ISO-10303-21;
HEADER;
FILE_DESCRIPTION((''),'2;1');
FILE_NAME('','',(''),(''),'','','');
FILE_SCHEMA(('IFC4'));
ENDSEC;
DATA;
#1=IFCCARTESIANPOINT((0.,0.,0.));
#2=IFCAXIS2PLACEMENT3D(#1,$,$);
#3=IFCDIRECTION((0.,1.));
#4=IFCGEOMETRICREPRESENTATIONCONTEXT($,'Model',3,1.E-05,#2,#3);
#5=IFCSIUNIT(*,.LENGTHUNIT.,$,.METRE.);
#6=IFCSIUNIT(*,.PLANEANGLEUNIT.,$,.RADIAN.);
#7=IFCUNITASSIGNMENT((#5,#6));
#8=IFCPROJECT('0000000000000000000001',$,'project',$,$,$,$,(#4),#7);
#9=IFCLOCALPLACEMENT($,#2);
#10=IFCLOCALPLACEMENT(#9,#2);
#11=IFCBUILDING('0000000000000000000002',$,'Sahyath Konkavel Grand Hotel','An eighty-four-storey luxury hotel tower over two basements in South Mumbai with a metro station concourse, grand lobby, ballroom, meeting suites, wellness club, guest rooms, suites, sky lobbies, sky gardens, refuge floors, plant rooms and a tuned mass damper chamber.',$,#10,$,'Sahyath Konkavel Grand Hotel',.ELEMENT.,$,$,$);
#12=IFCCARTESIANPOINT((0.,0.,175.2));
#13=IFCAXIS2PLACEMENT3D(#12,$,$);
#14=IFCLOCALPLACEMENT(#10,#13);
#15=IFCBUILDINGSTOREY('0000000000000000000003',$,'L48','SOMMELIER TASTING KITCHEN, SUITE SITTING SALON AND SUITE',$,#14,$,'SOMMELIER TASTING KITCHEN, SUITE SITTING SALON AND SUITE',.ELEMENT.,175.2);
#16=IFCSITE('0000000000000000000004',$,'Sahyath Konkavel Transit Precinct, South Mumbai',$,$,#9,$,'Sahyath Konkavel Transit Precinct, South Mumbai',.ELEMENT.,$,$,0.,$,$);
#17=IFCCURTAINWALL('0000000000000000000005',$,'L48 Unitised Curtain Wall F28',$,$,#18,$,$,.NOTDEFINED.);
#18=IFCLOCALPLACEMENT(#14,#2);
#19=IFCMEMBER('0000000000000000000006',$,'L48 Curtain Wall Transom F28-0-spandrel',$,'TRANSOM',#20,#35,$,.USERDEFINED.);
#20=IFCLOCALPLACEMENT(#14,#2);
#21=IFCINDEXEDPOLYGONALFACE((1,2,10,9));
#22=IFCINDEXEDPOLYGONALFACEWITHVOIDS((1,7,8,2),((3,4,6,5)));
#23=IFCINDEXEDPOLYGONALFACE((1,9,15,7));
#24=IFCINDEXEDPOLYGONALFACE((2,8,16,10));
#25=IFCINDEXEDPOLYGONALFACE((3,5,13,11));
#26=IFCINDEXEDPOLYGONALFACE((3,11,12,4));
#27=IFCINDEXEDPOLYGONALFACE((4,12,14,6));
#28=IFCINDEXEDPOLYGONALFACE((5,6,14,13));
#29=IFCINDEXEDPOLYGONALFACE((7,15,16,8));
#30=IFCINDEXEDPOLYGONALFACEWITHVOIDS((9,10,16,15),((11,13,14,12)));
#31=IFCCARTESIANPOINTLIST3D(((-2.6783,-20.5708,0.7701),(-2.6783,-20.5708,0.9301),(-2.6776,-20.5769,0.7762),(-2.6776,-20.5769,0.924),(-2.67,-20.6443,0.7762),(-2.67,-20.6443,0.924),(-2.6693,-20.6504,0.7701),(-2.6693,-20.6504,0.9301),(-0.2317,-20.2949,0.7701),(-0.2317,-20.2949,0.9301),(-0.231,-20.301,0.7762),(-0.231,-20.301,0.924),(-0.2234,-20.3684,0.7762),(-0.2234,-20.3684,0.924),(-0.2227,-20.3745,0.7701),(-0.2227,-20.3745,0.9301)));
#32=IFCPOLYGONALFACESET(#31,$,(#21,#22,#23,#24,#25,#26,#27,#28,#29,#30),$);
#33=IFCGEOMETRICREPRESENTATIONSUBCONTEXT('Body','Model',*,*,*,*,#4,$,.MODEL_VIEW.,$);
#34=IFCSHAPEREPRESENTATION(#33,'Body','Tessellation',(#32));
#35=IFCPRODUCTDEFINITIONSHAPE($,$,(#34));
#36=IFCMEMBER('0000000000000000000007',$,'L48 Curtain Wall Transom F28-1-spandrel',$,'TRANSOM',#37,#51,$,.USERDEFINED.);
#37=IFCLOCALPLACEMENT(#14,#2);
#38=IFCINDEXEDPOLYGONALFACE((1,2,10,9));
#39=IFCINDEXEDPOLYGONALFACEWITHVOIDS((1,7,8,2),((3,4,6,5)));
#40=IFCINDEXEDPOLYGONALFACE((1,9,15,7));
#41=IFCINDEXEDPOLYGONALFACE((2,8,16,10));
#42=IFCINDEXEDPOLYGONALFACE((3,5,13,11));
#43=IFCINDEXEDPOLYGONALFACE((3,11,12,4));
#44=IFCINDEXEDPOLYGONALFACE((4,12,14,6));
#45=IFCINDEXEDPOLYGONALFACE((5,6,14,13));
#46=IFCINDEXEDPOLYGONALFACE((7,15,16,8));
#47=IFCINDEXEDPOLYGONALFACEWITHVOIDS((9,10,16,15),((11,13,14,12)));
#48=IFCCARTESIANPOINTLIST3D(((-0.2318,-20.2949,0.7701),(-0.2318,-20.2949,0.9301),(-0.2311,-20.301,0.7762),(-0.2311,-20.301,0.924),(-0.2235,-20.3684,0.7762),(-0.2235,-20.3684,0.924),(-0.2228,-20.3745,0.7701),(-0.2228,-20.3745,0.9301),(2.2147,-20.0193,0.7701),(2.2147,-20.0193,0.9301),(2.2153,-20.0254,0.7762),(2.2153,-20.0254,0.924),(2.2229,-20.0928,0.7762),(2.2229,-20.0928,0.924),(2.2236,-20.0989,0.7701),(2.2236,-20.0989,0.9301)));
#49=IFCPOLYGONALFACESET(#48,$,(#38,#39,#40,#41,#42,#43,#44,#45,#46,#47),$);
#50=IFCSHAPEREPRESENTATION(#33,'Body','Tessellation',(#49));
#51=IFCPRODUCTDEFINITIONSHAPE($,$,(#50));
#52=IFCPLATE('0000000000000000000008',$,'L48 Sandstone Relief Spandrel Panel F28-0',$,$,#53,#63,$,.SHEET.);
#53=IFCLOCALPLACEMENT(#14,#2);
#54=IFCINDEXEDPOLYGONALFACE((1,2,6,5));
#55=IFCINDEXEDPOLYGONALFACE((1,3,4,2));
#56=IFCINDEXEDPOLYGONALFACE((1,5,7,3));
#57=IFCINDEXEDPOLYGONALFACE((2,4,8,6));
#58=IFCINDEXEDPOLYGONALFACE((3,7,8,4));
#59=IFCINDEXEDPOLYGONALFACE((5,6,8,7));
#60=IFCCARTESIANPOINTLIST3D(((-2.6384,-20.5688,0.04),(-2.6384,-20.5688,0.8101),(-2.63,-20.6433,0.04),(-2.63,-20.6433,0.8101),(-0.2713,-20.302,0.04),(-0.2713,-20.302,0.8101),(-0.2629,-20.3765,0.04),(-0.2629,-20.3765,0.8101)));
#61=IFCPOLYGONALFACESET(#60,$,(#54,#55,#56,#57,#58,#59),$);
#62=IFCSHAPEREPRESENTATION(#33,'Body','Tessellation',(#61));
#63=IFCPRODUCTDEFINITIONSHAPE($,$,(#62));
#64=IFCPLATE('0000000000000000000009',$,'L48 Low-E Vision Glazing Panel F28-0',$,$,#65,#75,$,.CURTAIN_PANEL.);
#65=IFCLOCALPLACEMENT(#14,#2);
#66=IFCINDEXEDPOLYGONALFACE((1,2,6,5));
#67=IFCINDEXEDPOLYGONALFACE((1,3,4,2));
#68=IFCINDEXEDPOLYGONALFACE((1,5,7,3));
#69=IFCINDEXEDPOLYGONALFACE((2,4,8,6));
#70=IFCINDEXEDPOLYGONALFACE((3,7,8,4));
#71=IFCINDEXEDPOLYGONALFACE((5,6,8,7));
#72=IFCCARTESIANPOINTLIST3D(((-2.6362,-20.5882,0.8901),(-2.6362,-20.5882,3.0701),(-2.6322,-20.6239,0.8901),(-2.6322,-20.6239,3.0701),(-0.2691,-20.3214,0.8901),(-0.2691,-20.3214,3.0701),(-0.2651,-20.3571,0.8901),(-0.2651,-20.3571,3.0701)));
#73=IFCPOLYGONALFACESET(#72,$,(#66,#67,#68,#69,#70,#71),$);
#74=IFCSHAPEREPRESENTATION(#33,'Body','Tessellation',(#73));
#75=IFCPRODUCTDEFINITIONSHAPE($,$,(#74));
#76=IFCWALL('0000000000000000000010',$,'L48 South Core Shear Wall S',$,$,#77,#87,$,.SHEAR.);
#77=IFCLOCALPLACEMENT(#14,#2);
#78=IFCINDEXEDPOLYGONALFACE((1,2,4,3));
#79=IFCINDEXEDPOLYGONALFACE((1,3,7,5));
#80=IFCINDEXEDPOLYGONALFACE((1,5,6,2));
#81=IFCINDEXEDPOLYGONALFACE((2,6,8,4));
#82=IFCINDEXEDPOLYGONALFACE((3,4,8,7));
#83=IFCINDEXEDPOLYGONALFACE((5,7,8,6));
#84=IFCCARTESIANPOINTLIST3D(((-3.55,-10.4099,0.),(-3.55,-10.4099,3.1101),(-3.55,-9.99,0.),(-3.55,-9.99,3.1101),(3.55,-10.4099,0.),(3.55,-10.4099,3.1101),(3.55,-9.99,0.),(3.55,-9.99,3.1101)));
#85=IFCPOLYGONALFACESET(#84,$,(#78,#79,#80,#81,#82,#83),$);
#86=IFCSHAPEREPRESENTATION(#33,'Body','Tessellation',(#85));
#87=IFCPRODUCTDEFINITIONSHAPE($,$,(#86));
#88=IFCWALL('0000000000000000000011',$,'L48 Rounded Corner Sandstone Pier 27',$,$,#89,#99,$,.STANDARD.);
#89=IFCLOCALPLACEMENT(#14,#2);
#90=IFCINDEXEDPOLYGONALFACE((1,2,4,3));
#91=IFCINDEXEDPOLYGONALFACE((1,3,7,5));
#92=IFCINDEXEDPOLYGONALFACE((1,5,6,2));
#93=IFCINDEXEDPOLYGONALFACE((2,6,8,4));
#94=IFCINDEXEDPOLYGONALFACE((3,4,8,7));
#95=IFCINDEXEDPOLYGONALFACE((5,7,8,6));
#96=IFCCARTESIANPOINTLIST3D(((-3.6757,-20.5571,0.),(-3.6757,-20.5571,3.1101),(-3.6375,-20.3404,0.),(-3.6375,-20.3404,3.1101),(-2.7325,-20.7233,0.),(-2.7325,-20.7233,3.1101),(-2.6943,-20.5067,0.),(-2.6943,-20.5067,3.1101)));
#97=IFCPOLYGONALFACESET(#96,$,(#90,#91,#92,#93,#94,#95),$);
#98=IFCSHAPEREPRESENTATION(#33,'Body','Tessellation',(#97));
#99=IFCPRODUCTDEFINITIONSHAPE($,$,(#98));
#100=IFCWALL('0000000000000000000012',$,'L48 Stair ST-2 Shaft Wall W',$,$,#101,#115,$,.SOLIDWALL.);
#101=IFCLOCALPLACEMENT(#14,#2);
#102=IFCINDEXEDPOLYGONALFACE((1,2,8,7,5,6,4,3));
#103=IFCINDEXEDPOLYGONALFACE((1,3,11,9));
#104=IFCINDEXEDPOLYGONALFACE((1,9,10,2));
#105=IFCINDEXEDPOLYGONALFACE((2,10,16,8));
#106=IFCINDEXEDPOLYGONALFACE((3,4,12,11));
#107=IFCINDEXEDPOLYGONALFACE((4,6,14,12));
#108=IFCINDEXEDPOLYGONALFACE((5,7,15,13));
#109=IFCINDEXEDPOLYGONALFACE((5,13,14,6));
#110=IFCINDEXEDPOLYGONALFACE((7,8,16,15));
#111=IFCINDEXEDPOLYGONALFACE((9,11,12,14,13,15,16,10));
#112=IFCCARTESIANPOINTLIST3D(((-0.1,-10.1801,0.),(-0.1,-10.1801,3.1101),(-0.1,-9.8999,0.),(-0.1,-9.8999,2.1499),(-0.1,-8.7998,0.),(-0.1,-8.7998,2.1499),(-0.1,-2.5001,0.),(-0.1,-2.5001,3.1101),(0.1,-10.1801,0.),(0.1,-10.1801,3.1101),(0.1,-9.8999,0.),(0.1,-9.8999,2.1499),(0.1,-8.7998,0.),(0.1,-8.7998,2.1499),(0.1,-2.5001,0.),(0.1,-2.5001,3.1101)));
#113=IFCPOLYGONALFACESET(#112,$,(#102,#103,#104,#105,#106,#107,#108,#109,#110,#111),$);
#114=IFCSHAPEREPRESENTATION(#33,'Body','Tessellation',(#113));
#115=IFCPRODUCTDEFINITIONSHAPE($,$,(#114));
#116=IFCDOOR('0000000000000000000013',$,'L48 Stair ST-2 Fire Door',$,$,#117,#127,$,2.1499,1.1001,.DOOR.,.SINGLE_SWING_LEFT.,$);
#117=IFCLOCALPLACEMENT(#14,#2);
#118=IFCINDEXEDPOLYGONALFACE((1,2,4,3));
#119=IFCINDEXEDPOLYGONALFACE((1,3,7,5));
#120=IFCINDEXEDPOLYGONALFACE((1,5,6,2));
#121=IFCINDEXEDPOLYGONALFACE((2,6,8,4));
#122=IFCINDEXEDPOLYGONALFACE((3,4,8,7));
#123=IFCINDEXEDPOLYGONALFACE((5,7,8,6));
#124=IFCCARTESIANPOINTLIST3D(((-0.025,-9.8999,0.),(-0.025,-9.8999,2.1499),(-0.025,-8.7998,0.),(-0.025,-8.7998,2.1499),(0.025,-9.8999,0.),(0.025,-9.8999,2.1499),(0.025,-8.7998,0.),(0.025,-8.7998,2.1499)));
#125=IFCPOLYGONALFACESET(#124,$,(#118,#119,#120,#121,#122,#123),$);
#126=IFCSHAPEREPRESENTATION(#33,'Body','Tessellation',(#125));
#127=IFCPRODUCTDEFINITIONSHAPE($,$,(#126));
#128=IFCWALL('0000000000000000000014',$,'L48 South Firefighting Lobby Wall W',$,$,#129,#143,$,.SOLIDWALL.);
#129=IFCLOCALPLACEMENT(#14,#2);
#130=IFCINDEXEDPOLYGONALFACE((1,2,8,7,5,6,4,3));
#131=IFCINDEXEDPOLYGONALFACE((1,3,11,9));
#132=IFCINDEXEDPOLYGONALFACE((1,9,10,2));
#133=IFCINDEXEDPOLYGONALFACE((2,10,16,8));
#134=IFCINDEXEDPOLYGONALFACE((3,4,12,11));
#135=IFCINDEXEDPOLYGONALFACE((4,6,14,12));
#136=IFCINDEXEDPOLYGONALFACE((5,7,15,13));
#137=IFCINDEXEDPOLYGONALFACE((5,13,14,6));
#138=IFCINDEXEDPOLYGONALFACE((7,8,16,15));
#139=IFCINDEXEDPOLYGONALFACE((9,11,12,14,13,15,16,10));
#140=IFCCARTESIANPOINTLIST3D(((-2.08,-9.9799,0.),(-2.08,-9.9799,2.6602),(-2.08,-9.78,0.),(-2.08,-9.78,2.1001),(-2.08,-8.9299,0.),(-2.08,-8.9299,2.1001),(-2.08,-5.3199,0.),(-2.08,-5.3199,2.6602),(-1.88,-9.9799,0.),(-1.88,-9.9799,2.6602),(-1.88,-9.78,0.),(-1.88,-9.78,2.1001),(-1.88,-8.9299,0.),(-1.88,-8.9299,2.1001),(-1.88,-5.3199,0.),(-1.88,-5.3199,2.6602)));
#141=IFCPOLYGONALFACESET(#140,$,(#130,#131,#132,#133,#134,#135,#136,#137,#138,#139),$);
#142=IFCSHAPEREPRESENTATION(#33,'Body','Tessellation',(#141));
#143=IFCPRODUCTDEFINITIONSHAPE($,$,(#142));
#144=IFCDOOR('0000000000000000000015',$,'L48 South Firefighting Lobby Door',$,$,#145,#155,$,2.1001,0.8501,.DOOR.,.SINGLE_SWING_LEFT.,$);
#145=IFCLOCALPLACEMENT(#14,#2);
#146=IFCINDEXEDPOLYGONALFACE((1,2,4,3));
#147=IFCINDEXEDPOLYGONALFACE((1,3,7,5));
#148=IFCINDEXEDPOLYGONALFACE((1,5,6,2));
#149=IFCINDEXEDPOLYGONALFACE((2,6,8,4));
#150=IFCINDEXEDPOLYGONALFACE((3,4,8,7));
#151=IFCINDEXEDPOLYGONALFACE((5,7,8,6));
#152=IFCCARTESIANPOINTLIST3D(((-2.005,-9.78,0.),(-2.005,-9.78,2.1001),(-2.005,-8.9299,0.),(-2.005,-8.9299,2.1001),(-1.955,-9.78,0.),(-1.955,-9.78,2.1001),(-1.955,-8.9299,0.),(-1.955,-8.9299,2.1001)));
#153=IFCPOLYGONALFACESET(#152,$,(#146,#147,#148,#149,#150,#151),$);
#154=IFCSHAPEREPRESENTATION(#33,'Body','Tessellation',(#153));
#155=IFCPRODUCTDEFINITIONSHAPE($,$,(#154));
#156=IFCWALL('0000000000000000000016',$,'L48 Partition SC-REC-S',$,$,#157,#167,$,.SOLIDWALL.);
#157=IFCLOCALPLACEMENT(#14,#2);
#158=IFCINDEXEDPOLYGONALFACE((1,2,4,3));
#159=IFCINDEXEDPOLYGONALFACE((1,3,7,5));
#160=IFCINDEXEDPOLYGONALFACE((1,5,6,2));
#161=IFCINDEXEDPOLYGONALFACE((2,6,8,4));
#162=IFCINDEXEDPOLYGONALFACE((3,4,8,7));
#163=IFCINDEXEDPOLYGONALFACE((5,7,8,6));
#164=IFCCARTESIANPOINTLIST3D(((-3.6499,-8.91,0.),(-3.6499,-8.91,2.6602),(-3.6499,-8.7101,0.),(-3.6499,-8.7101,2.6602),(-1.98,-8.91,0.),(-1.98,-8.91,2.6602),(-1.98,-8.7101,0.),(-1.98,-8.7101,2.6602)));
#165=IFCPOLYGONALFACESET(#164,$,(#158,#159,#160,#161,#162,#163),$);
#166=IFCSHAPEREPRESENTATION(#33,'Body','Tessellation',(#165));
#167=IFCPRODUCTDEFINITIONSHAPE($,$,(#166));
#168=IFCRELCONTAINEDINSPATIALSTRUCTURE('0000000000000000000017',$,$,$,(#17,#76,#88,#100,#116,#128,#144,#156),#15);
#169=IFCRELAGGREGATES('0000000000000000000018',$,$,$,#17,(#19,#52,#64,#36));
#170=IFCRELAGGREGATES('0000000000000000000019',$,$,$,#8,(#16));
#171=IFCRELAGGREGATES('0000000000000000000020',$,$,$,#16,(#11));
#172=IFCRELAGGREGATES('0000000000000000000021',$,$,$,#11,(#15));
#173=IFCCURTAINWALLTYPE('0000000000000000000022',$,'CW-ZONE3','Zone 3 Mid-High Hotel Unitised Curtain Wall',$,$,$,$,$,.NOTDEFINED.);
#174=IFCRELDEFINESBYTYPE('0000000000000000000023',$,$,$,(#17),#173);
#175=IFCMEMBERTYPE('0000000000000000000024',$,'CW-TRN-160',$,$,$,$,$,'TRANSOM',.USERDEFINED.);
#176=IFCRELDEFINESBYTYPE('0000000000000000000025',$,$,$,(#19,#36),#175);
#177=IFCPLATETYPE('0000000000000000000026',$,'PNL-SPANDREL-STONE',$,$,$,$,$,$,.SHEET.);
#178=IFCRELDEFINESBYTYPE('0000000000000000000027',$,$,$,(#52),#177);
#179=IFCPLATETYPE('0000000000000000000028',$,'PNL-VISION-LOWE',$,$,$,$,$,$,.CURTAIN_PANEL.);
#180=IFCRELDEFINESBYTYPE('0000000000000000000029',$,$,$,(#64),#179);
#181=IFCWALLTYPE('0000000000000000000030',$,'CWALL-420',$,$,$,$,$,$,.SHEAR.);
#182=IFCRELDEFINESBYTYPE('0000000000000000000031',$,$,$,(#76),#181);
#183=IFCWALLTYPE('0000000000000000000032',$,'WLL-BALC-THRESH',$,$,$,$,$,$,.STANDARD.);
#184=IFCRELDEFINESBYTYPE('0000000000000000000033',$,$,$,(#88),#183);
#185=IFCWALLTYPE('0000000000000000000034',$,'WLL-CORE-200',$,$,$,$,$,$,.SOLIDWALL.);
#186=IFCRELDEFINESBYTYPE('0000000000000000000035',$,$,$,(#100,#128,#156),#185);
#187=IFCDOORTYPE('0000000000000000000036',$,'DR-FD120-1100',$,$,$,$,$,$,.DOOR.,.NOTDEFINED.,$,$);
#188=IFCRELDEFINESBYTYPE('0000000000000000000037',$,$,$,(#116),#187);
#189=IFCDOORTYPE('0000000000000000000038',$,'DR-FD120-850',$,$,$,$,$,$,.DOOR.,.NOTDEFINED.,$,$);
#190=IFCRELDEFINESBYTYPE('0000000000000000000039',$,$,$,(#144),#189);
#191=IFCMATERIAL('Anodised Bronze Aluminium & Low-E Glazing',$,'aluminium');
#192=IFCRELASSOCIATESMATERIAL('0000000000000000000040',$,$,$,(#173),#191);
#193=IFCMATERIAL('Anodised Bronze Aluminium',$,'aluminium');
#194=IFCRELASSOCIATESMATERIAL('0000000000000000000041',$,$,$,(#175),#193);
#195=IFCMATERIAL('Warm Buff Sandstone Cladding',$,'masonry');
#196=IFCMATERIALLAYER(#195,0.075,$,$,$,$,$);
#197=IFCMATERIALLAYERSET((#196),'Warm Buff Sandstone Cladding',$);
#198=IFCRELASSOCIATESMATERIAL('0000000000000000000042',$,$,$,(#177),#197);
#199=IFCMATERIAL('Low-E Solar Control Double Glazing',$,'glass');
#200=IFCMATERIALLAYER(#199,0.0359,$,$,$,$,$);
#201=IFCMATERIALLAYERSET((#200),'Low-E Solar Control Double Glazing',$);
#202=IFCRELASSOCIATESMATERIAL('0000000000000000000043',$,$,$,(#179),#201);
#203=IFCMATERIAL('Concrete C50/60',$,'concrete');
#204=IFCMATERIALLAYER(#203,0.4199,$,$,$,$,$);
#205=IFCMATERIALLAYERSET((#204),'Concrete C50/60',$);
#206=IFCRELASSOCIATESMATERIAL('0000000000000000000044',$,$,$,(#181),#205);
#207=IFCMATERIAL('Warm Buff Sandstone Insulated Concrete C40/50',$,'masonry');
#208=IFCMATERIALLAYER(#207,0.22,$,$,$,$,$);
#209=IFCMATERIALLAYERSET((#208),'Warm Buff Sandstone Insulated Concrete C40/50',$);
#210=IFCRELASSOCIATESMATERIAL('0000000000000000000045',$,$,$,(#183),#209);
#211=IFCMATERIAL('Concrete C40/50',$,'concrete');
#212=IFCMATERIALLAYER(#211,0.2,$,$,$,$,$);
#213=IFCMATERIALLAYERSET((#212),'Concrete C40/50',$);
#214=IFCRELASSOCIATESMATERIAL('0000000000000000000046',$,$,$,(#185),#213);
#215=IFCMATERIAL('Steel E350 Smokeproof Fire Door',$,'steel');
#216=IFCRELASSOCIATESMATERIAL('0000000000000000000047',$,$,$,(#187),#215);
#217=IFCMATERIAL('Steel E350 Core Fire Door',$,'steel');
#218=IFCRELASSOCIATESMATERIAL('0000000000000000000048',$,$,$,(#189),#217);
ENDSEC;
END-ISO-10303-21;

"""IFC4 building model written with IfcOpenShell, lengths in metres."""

from ifc_helpers import new_model, si_unit, direction, frame, frame_2d, origin, origin_2d, place, context, subcontext, project, spatial, rectangle, hollow_rectangle, extrude, source, transform, mapped, material, layer, layer_set, material_profile, profile_set, type_object, element, fill, aggregate, save


model = new_model("IFC4")

# Units and contexts
model_context = context("Model", 3, precision=1e-05, world=origin(), true_north=direction((0.0, 1.0)))
body_context = subcontext(model_context, "Body", "Model", "MODEL_VIEW")
ifc_project = project(units=[si_unit("LENGTHUNIT", "METRE"), si_unit("PLANEANGLEUNIT", "RADIAN")], contexts=[model_context])

# Site, building, storey
site_placement = place(None, origin())
site = spatial("IfcSite", under=ifc_project, at=site_placement, Name="Sahyath Konkavel Transit Precinct, South Mumbai", LongName="Sahyath Konkavel Transit Precinct, South Mumbai", CompositionType="ELEMENT", RefElevation=0.0)
building_placement = place(site_placement, origin())
building = spatial("IfcBuilding", under=site, at=building_placement, Name="Sahyath Konkavel Grand Hotel", Description="An eighty-four-storey luxury hotel tower over two basements in South Mumbai with a metro station concourse, grand lobby, ballroom, meeting suites, wellness club, guest rooms, suites, sky lobbies, sky gardens, refuge floors, plant rooms and a tuned mass damper chamber.", LongName="Sahyath Konkavel Grand Hotel", CompositionType="ELEMENT")
storey_placement = place(building_placement, frame((0.0, 0.0, 175.2)))
storey = spatial("IfcBuildingStorey", under=building, at=storey_placement, Name="L48", Description="SOMMELIER TASTING KITCHEN, SUITE SITTING SALON AND SUITE", LongName="SOMMELIER TASTING KITCHEN, SUITE SITTING SALON AND SUITE", CompositionType="ELEMENT", Elevation=175.2)

# Shared definitions
ifc_material_1 = material(Name="Concrete C50/60", Category="concrete")
ifc_material_2 = material(Name="Concrete C40/50", Category="concrete")

# Curtain wall, members, plates
ifc_material_3 = material(Name="Anodised Bronze Aluminium & Low-E Glazing", Category="aluminium")
curtain_wall_type = type_object("IfcCurtainWallType", Name="CW-ZONE3", Description="Zone 3 Mid-High Hotel Unitised Curtain Wall", PredefinedType="NOTDEFINED", material=ifc_material_3)
curtain_wall_placement = place(storey_placement, origin())
curtain_wall = element("IfcCurtainWall", 1, at=curtain_wall_placement, inside=storey, type_object=curtain_wall_type, Name="L48 Unitised Curtain Wall F28", PredefinedType="NOTDEFINED")
ifc_material_4 = material(Name="Anodised Bronze Aluminium", Category="aluminium")
ifc_material_profile_1 = material_profile(ifc_material_4, hollow_rectangle(XDim=0.0801, YDim=0.1599, WallThickness=0.0061, at=origin_2d()), Name="RHS 160x80x6")
ifc_profile_set_1 = profile_set([ifc_material_profile_1], Name="Anodised Bronze Aluminium")
member_type_1 = type_object("IfcMemberType", Name="CW-TRN-160", ElementType="TRANSOM", PredefinedType="USERDEFINED", material=ifc_profile_set_1)
shared_shape_1 = source(origin(), body_context, "Body", "SweptSolid", [
    extrude(hollow_rectangle(XDim=0.0801, YDim=0.1599, WallThickness=0.0061, at=origin_2d()), origin(), (0.0, 0.0, 1.0), 2.4622),
])
member_1_placement = place(storey_placement, frame((-2.6738, -20.6106, 0.8501), z_axis=(0.993702, 0.112053, 0.0), x_axis=(-0.112053, 0.993702, 0.0)))
member_1 = element("IfcMember", 2, at=member_1_placement, type_object=member_type_1, Name="L48 Curtain Wall Transom F28-0-spandrel", ObjectType="TRANSOM", PredefinedType="USERDEFINED", context=body_context, shape_type="MappedRepresentation", body=[
    mapped(shared_shape_1, transform((0.0, 0.0, 0.0), scale=1.0)),
])
shared_shape_2 = source(origin(), body_context, "Body", "SweptSolid", [
    extrude(hollow_rectangle(XDim=0.0801, YDim=0.1599, WallThickness=0.0061, at=origin_2d()), origin(), (0.0, 0.0, 1.0), 2.4619),
])
member_2_placement = place(storey_placement, frame((-0.2273, -20.3347, 0.8501), z_axis=(0.993713, 0.111955, 0.0), x_axis=(-0.111955, 0.993713, 0.0)))
member_2 = element("IfcMember", 3, at=member_2_placement, type_object=member_type_1, Name="L48 Curtain Wall Transom F28-1-spandrel", ObjectType="TRANSOM", PredefinedType="USERDEFINED", context=body_context, shape_type="MappedRepresentation", body=[
    mapped(shared_shape_2, transform((0.0, 0.0, 0.0), scale=1.0)),
])
ifc_material_5 = material(Name="Warm Buff Sandstone Cladding", Category="masonry")
ifc_layer_1 = layer(ifc_material_5, 0.075)
ifc_layer_set_1 = layer_set([ifc_layer_1], Name="Warm Buff Sandstone Cladding")
plate_type_1 = type_object("IfcPlateType", Name="PNL-SPANDREL-STONE", PredefinedType="SHEET", material=ifc_layer_set_1)
shared_shape_3 = source(origin(), body_context, "Body", "SweptSolid", [
    extrude(rectangle(XDim=2.3821, YDim=0.075, at=origin_2d()), origin(), (0.0, 0.0, 1.0), 0.77),
])
plate_1_placement = place(storey_placement, frame((-1.4507, -20.4727, 0.04), z_axis=(0.0, 0.0, 1.0), x_axis=(0.993707, 0.112007, 0.0)))
plate_1 = element("IfcPlate", 4, at=plate_1_placement, type_object=plate_type_1, Name="L48 Sandstone Relief Spandrel Panel F28-0", PredefinedType="SHEET", context=body_context, shape_type="MappedRepresentation", body=[
    mapped(shared_shape_3, transform((0.0, 0.0, 0.0), scale=1.0)),
])
ifc_material_6 = material(Name="Low-E Solar Control Double Glazing", Category="glass")
ifc_layer_2 = layer(ifc_material_6, 0.0359)
ifc_layer_set_2 = layer_set([ifc_layer_2], Name="Low-E Solar Control Double Glazing")
plate_type_2 = type_object("IfcPlateType", Name="PNL-VISION-LOWE", PredefinedType="CURTAIN_PANEL", material=ifc_layer_set_2)
shared_shape_4 = source(origin(), body_context, "Body", "SweptSolid", [
    extrude(rectangle(XDim=2.3821, YDim=0.0359, at=origin_2d()), origin(), (0.0, 0.0, 1.0), 2.1799),
])
plate_2_placement = place(storey_placement, frame((-1.4507, -20.4727, 0.8901), z_axis=(0.0, 0.0, 1.0), x_axis=(0.993707, 0.112007, 0.0)))
plate_2 = element("IfcPlate", 5, at=plate_2_placement, type_object=plate_type_2, Name="L48 Low-E Vision Glazing Panel F28-0", PredefinedType="CURTAIN_PANEL", context=body_context, shape_type="MappedRepresentation", body=[
    mapped(shared_shape_4, transform((0.0, 0.0, 0.0), scale=1.0)),
])
aggregate(curtain_wall, [member_1, plate_1, plate_2, member_2])

# Walls
ifc_layer_3 = layer(ifc_material_1, 0.4199)
ifc_layer_set_3 = layer_set([ifc_layer_3], Name="Concrete C50/60")
wall_type_1 = type_object("IfcWallType", Name="CWALL-420", PredefinedType="SHEAR", material=ifc_layer_set_3)
wall_1_placement = place(storey_placement, frame((-3.55, -10.2, 0.0), z_axis=(0.0, 0.0, 1.0), x_axis=(1.0, 0.0, 0.0)))
element("IfcWall", 6, at=wall_1_placement, inside=storey, type_object=wall_type_1, Name="L48 South Core Shear Wall S", PredefinedType="SHEAR", context=body_context, shape_type="SweptSolid", body=[
    extrude(rectangle(XDim=7.1001, YDim=0.4199, at=frame_2d((3.55, 0.0))), origin(), (0.0, 0.0, 1.0), 3.1101),
])
ifc_material_7 = material(Name="Warm Buff Sandstone Insulated Concrete C40/50", Category="masonry")
ifc_layer_4 = layer(ifc_material_7, 0.22)
ifc_layer_set_4 = layer_set([ifc_layer_4], Name="Warm Buff Sandstone Insulated Concrete C40/50")
wall_type_2 = type_object("IfcWallType", Name="WLL-BALC-THRESH", PredefinedType="STANDARD", material=ifc_layer_set_4)
wall_2_placement = place(storey_placement, frame((-3.6567, -20.4487, 0.0), z_axis=(0.0, 0.0, 1.0), x_axis=(0.984814, -0.173611, 0.0)))
element("IfcWall", 7, at=wall_2_placement, inside=storey, type_object=wall_type_2, Name="L48 Rounded Corner Sandstone Pier 27", PredefinedType="STANDARD", context=body_context, shape_type="SweptSolid", body=[
    extrude(rectangle(XDim=0.9578, YDim=0.22, at=frame_2d((0.479, 0.0))), origin(), (0.0, 0.0, 1.0), 3.1101),
])

# Walls, openings, doors
ifc_layer_5 = layer(ifc_material_2, 0.2)
ifc_layer_set_5 = layer_set([ifc_layer_5], Name="Concrete C40/50")
wall_type_3 = type_object("IfcWallType", Name="WLL-CORE-200", PredefinedType="SOLIDWALL", material=ifc_layer_set_5)
wall_3_placement = place(storey_placement, frame((0.0, -10.1799, 0.0), z_axis=(0.0, 0.0, 1.0), x_axis=(0.0, 1.0, 0.0)))
wall_3 = element("IfcWall", 8, at=wall_3_placement, inside=storey, type_object=wall_type_3, Name="L48 Stair ST-2 Shaft Wall W", PredefinedType="SOLIDWALL", context=body_context, shape_type="SweptSolid", body=[
    extrude(rectangle(XDim=7.6799, YDim=0.2, at=frame_2d((3.8398, 0.0))), origin(), (0.0, 0.0, 1.0), 3.1101),
])
opening_1_placement = place(wall_3_placement, frame((0.28, 0.0, 0.0)))
opening_1 = element("IfcOpeningElement", 9, at=opening_1_placement, cuts=wall_3, PredefinedType="OPENING", context=body_context, shape_type="SweptSolid", body=[
    extrude(rectangle(XDim=1.1001, YDim=2.1499, at=frame_2d((0.55, 1.075))), frame((0.0, 0.1099, 0.0), z_axis=(0.0, -1.0, 0.0), x_axis=(1.0, 0.0, 0.0)), (0.0, 0.0, 1.0), 0.22),
])
ifc_material_8 = material(Name="Steel E350 Smokeproof Fire Door", Category="steel")
door_type_1 = type_object("IfcDoorType", Name="DR-FD120-1100", OperationType="NOTDEFINED", PredefinedType="DOOR", material=ifc_material_8)
shared_shape_5 = source(origin(), body_context, "Body", "SweptSolid", [
    extrude(rectangle(XDim=1.1001, YDim=0.05, at=origin_2d()), origin(), (0.0, 0.0, 1.0), 2.1499),
])
door_1_placement = place(opening_1_placement, frame((0.55, 0.0, 0.0)))
door_1 = element("IfcDoor", 10, at=door_1_placement, inside=storey, type_object=door_type_1, Name="L48 Stair ST-2 Fire Door", OperationType="SINGLE_SWING_LEFT", OverallHeight=2.1499, OverallWidth=1.1001, PredefinedType="DOOR", context=body_context, shape_type="MappedRepresentation", body=[
    mapped(shared_shape_5, transform((0.0, 0.0, 0.0), scale=1.0)),
])
fill(opening_1, door_1)
wall_4_placement = place(storey_placement, frame((-1.98, -9.98, 0.0), z_axis=(0.0, 0.0, 1.0), x_axis=(0.0, 1.0, 0.0)))
wall_4 = element("IfcWall", 11, at=wall_4_placement, inside=storey, type_object=wall_type_3, Name="L48 South Firefighting Lobby Wall W", PredefinedType="SOLIDWALL", context=body_context, shape_type="SweptSolid", body=[
    extrude(rectangle(XDim=4.6599, YDim=0.2, at=frame_2d((2.3301, 0.0))), origin(), (0.0, 0.0, 1.0), 2.6602),
])
opening_2_placement = place(wall_4_placement, frame((0.2, 0.0, 0.0)))
opening_2 = element("IfcOpeningElement", 12, at=opening_2_placement, cuts=wall_4, PredefinedType="OPENING", context=body_context, shape_type="SweptSolid", body=[
    extrude(rectangle(XDim=0.8501, YDim=2.1001, at=frame_2d((0.425, 1.05))), frame((0.0, 0.1099, 0.0), z_axis=(0.0, -1.0, 0.0), x_axis=(1.0, 0.0, 0.0)), (0.0, 0.0, 1.0), 0.22),
])
ifc_material_9 = material(Name="Steel E350 Core Fire Door", Category="steel")
door_type_2 = type_object("IfcDoorType", Name="DR-FD120-850", OperationType="NOTDEFINED", PredefinedType="DOOR", material=ifc_material_9)
shared_shape_6 = source(origin(), body_context, "Body", "SweptSolid", [
    extrude(rectangle(XDim=0.8501, YDim=0.05, at=origin_2d()), origin(), (0.0, 0.0, 1.0), 2.1001),
])
door_2_placement = place(opening_2_placement, frame((0.425, 0.0, 0.0)))
door_2 = element("IfcDoor", 13, at=door_2_placement, inside=storey, type_object=door_type_2, Name="L48 South Firefighting Lobby Door", OperationType="SINGLE_SWING_LEFT", OverallHeight=2.1001, OverallWidth=0.8501, PredefinedType="DOOR", context=body_context, shape_type="MappedRepresentation", body=[
    mapped(shared_shape_6, transform((0.0, 0.0, 0.0), scale=1.0)),
])
fill(opening_2, door_2)

# Wall
wall_5_placement = place(storey_placement, frame((-3.6499, -8.8101, 0.0), z_axis=(0.0, 0.0, 1.0), x_axis=(1.0, 0.0, 0.0)))
element("IfcWall", 14, at=wall_5_placement, inside=storey, type_object=wall_type_3, Name="L48 Partition SC-REC-S", PredefinedType="SOLIDWALL", context=body_context, shape_type="SweptSolid", body=[
    extrude(rectangle(XDim=1.6699, YDim=0.2, at=frame_2d((0.835, 0.0))), origin(), (0.0, 0.0, 1.0), 2.6602),
])

save(model, "model.ifc")
